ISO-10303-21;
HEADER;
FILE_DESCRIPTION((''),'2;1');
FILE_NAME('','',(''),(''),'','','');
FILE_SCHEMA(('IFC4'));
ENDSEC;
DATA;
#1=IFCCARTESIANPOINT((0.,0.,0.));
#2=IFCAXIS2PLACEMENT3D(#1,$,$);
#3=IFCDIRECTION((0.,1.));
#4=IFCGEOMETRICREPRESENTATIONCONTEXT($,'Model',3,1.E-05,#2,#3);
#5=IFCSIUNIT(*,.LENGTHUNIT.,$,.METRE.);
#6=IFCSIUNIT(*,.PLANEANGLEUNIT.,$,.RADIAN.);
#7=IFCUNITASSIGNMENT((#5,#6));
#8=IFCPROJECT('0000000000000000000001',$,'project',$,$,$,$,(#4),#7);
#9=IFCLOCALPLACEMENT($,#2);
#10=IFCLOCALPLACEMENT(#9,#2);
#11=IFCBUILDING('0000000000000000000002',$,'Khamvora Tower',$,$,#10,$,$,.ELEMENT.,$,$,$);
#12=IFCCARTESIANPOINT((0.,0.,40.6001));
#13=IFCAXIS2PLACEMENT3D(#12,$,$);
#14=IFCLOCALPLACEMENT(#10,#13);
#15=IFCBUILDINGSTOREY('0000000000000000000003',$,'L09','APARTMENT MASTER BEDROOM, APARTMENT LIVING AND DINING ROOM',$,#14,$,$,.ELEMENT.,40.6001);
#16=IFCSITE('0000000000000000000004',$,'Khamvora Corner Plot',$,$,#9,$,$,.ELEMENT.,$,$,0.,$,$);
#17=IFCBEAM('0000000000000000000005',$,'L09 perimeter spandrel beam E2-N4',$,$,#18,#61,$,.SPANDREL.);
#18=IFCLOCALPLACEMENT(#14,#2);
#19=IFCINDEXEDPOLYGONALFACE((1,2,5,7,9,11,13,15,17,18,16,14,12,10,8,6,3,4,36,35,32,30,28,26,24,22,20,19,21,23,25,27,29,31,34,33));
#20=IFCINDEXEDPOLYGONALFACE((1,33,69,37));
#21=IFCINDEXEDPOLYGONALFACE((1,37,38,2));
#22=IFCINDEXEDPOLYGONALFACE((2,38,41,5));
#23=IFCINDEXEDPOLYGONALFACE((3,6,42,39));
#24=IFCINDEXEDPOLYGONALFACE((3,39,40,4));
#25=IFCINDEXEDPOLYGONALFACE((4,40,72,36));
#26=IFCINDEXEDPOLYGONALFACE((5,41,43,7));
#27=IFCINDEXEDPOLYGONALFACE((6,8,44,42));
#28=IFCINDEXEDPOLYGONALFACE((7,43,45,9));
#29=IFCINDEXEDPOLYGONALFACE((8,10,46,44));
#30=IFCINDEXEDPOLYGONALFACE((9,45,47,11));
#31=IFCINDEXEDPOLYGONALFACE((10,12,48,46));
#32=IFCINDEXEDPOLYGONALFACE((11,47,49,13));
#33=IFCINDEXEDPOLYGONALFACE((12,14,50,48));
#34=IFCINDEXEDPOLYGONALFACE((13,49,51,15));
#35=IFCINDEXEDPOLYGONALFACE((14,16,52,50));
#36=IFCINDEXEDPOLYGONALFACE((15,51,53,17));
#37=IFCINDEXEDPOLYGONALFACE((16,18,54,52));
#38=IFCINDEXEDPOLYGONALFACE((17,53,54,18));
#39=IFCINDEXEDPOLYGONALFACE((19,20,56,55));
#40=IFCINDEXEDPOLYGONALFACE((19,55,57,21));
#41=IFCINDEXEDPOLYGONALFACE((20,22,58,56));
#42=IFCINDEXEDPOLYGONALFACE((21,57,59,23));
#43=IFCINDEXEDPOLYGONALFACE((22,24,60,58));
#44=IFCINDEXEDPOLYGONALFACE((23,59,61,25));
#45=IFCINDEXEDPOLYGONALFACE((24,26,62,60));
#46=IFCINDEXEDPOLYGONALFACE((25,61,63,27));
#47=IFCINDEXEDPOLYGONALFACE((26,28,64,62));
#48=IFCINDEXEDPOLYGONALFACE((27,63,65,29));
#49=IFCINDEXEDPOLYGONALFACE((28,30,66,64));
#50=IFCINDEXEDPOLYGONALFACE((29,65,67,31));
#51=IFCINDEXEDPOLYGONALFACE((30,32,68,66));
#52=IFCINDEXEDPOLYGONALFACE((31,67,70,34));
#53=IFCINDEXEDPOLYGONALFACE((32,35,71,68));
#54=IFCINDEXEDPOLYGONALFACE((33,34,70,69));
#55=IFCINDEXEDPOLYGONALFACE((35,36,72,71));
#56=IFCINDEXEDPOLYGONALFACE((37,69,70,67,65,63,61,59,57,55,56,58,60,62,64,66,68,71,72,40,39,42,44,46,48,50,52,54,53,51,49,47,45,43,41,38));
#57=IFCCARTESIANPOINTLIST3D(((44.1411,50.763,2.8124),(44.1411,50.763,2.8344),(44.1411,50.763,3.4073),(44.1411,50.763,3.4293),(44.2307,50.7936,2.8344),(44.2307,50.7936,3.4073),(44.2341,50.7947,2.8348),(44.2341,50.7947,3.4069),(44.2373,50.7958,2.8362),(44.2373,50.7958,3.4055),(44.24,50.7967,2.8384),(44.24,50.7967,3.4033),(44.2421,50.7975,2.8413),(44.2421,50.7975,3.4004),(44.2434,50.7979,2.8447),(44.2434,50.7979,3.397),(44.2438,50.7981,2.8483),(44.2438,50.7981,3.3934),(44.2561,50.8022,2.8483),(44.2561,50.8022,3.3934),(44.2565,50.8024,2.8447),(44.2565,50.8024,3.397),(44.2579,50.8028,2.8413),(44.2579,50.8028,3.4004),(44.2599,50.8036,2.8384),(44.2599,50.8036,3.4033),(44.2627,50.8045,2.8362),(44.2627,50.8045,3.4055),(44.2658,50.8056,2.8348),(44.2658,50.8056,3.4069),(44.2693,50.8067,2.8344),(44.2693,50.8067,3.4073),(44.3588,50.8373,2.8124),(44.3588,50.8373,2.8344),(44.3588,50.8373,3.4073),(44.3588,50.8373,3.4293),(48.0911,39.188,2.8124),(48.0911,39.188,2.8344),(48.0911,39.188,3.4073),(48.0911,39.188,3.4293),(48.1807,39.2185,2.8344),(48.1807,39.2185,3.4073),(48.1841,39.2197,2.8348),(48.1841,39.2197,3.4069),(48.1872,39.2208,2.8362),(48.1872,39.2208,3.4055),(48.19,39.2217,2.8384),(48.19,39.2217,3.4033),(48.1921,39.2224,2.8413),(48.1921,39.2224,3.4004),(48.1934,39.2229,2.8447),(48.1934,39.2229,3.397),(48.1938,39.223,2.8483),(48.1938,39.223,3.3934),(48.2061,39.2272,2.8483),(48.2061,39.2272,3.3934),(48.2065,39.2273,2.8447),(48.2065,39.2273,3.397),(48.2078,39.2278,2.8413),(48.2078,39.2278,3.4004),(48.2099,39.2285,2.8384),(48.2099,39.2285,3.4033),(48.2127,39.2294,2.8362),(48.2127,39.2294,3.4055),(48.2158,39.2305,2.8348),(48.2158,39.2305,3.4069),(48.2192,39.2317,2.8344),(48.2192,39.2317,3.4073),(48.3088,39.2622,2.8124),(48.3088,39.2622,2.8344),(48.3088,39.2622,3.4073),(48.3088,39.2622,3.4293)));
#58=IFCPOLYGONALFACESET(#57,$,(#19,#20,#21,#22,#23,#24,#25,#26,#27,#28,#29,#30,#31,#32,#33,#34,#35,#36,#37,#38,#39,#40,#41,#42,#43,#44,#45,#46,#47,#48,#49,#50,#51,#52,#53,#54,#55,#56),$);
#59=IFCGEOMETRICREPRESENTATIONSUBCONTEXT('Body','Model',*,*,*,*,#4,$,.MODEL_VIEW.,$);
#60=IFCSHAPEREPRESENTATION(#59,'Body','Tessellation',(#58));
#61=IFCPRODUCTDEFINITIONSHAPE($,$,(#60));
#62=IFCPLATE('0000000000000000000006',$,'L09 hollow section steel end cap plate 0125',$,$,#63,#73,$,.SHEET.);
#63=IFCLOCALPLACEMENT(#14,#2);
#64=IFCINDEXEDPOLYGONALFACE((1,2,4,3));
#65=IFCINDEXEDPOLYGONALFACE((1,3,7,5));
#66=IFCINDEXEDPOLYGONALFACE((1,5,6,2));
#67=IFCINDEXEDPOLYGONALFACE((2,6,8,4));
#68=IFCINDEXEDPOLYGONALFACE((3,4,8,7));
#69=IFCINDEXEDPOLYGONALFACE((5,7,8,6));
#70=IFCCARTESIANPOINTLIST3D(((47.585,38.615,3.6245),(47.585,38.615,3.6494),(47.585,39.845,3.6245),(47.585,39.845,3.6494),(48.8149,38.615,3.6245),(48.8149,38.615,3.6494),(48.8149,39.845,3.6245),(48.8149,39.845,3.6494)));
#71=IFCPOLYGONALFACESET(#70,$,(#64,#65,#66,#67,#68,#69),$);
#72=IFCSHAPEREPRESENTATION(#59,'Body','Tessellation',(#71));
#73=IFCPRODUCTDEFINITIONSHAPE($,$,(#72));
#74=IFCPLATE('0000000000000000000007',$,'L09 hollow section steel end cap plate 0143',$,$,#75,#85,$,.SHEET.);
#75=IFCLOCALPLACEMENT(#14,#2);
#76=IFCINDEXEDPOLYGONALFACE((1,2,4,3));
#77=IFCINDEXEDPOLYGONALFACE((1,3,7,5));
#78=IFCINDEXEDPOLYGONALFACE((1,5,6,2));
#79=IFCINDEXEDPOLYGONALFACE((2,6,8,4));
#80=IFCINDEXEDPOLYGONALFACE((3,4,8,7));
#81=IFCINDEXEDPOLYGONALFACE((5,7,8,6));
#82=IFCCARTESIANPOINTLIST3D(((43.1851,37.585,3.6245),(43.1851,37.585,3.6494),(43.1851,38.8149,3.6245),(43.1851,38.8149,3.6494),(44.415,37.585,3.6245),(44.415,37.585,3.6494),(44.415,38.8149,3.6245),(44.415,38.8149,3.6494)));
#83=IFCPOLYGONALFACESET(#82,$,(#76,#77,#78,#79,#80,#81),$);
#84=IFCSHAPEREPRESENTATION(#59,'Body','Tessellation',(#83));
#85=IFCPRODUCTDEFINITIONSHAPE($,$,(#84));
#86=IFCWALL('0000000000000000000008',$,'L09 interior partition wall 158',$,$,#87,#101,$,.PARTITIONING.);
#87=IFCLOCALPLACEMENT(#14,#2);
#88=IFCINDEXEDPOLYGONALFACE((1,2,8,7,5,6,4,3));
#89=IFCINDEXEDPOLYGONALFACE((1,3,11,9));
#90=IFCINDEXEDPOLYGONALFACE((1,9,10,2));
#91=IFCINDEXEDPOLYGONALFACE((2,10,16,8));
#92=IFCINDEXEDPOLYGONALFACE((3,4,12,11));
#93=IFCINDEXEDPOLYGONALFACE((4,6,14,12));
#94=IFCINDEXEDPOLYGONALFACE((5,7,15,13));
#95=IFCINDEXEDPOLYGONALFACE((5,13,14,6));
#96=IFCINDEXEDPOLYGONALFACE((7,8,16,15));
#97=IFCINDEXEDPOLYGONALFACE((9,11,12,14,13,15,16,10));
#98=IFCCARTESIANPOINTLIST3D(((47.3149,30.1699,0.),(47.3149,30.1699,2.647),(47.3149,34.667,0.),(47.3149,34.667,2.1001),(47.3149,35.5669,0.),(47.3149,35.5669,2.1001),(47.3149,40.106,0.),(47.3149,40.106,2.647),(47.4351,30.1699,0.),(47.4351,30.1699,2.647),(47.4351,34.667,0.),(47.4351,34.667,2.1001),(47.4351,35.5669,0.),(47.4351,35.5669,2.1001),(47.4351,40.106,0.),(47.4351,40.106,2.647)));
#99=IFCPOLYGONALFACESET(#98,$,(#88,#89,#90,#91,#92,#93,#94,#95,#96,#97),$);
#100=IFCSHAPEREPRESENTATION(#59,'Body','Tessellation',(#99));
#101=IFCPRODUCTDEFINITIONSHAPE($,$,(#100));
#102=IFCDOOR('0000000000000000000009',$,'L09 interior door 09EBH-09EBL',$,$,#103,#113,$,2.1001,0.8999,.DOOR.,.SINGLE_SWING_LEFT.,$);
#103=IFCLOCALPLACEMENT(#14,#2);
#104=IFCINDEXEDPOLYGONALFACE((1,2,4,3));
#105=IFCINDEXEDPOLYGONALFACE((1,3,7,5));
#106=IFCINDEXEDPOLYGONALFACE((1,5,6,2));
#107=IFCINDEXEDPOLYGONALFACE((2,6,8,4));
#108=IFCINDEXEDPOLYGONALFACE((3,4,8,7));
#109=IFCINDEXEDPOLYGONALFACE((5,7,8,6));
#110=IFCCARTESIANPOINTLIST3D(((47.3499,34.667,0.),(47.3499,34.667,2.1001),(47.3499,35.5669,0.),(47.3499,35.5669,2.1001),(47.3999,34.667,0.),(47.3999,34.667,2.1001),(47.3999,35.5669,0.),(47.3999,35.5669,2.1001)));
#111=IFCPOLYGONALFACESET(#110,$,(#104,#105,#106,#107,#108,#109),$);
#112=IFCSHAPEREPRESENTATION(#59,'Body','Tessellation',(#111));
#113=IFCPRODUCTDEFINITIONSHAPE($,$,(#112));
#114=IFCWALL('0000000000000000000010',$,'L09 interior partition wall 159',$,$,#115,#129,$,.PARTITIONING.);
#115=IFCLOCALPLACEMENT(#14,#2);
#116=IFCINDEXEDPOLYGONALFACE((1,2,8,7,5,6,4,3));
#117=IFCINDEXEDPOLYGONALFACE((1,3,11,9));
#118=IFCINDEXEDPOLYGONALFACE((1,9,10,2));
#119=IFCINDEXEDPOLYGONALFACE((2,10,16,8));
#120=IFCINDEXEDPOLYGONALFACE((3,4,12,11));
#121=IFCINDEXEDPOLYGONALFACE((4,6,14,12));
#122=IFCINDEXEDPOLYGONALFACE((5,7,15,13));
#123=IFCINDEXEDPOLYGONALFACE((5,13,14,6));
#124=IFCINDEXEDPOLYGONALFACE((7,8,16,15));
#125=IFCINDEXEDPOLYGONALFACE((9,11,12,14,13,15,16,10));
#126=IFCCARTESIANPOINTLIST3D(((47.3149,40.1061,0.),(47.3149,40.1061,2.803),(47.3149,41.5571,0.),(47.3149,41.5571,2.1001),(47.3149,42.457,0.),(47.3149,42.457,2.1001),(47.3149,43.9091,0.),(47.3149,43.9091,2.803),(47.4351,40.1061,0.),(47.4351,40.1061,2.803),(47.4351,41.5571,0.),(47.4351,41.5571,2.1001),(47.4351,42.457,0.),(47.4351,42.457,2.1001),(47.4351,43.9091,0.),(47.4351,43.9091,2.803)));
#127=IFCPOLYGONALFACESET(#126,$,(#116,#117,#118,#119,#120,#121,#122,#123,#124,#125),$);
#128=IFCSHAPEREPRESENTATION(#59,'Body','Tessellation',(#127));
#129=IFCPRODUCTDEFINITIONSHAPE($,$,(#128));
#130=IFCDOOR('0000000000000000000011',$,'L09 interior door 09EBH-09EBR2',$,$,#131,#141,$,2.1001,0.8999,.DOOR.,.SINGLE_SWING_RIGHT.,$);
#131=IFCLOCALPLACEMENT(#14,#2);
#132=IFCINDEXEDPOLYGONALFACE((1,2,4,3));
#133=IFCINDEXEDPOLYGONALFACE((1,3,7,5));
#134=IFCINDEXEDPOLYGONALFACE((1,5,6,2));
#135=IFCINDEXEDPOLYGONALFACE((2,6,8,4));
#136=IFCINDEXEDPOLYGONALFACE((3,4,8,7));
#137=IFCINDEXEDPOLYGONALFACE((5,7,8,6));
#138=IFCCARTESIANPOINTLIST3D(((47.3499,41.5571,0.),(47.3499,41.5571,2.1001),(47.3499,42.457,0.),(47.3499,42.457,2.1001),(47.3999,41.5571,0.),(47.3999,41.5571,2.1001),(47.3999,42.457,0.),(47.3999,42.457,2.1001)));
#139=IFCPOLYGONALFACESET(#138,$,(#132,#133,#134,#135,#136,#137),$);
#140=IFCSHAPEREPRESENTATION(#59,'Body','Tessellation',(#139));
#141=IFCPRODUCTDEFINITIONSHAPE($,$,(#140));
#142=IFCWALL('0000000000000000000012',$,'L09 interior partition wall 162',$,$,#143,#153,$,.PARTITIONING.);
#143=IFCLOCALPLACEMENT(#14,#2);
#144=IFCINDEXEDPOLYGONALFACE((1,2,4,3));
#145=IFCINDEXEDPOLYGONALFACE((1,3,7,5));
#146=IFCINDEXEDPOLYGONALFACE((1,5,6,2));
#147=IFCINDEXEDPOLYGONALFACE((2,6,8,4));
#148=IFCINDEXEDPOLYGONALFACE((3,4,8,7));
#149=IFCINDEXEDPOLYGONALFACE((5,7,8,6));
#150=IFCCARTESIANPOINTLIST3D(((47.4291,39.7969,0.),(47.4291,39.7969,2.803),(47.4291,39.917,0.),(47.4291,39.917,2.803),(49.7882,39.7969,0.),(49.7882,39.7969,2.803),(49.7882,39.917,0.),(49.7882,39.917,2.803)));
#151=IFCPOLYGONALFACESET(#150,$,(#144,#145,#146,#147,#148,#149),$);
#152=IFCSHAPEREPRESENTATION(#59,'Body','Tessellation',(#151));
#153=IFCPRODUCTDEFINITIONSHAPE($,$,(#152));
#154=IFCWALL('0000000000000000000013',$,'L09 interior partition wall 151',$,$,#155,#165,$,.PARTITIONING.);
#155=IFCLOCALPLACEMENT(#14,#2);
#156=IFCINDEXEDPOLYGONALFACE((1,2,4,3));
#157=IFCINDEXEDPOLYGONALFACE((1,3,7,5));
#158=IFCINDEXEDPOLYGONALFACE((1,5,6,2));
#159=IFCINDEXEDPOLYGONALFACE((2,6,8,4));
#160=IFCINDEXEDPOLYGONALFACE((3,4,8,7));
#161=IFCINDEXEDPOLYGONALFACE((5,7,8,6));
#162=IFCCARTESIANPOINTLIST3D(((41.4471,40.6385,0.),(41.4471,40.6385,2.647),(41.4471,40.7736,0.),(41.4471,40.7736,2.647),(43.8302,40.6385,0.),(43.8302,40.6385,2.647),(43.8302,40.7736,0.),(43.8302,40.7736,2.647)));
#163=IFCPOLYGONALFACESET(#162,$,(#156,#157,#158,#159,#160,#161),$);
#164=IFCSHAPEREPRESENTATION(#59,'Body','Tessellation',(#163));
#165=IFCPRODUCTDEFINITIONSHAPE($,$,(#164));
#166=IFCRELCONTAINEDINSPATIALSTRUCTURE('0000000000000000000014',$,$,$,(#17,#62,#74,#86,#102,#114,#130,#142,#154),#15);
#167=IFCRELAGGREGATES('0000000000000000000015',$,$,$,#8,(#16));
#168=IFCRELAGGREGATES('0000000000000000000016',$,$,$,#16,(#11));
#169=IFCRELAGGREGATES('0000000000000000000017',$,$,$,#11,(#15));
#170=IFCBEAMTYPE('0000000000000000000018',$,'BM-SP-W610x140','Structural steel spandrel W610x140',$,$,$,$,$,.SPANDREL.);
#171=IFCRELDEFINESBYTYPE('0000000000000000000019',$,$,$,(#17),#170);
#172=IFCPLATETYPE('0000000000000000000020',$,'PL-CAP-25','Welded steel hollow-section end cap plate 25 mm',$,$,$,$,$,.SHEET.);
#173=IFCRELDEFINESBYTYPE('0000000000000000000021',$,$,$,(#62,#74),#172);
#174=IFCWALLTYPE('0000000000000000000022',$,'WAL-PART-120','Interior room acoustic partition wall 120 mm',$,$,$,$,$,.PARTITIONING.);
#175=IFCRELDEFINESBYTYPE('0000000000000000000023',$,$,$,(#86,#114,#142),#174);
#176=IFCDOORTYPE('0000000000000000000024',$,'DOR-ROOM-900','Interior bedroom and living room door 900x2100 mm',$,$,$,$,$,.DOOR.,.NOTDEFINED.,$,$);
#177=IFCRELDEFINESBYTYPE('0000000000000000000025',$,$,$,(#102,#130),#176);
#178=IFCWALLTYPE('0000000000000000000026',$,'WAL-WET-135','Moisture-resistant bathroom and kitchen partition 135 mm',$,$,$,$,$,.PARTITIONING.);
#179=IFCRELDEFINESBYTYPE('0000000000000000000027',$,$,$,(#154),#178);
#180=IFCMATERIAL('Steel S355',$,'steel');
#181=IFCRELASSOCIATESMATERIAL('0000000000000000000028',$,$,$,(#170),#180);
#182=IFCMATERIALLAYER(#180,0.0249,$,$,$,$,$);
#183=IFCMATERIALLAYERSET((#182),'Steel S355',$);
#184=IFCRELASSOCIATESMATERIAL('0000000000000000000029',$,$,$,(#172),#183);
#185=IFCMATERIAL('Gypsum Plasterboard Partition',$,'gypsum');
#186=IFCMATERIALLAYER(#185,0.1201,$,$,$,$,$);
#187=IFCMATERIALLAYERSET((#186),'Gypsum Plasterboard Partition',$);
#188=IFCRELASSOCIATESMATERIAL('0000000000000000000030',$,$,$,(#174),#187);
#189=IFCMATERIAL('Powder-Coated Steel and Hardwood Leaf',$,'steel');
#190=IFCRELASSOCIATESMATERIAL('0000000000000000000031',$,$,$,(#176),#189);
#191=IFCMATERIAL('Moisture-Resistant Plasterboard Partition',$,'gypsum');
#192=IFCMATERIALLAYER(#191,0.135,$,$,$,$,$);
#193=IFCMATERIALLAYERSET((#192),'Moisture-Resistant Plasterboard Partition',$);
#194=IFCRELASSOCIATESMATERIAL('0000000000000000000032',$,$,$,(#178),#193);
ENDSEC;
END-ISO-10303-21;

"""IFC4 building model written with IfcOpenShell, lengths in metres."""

from ifc_helpers import new_model, si_unit, direction, frame, frame_2d, origin, origin_2d, place, context, subcontext, project, spatial, rectangle, i_section, extrude, material, layer, layer_set, material_profile, profile_set, type_object, element, fill, save


model = new_model("IFC4")

# Units and contexts
model_context = context("Model", 3, precision=1e-05, world=origin(), true_north=direction((0.0, 1.0)))
body_context = subcontext(model_context, "Body", "Model", "MODEL_VIEW")
ifc_project = project(units=[si_unit("LENGTHUNIT", "METRE"), si_unit("PLANEANGLEUNIT", "RADIAN")], contexts=[model_context])

# Site, building, storey
site_placement = place(None, origin())
site = spatial("IfcSite", under=ifc_project, at=site_placement, Name="Khamvora Corner Plot", CompositionType="ELEMENT", RefElevation=0.0)
building_placement = place(site_placement, origin())
building = spatial("IfcBuilding", under=site, at=building_placement, Name="Khamvora Tower", CompositionType="ELEMENT")
storey_placement = place(building_placement, frame((0.0, 0.0, 40.6001)))
storey = spatial("IfcBuildingStorey", under=building, at=storey_placement, Name="L09", Description="APARTMENT MASTER BEDROOM, APARTMENT LIVING AND DINING ROOM", CompositionType="ELEMENT", Elevation=40.6001)

# Beam
ifc_material_1 = material(Name="Steel S355", Category="steel")
ifc_material_profile_1 = material_profile(ifc_material_1, i_section(OverallWidth=0.23, OverallDepth=0.6169, WebThickness=0.0129, FlangeThickness=0.022, FilletRadius=0.0139, at=origin_2d()), Name="W610x140")
ifc_profile_set_1 = profile_set([ifc_material_profile_1], Name="Steel S355")
beam_type_1 = type_object("IfcBeamType", Name="BM-SP-W610x140", Description="Structural steel spandrel W610x140", PredefinedType="SPANDREL", material=ifc_profile_set_1)
beam_1_placement = place(storey_placement, frame((48.2, 39.2251, 3.1208), z_axis=(-0.322963, 0.946412, 0.0), x_axis=(-0.946412, -0.322963, 0.0)))
element("IfcBeam", 1, at=beam_1_placement, inside=storey, type_object=beam_type_1, Name="L09 perimeter spandrel beam E2-N4", PredefinedType="SPANDREL", context=body_context, shape_type="SweptSolid", body=[
    extrude(i_section(OverallWidth=0.23, OverallDepth=0.6169, WebThickness=0.0129, FlangeThickness=0.022, FilletRadius=0.0139, at=origin_2d()), origin(), (0.0, 0.0, 1.0), 12.2305),
])

# Plates
ifc_layer_1 = layer(ifc_material_1, 0.0249)
ifc_layer_set_1 = layer_set([ifc_layer_1], Name="Steel S355")
plate_type = type_object("IfcPlateType", Name="PL-CAP-25", Description="Welded steel hollow-section end cap plate 25 mm", PredefinedType="SHEET", material=ifc_layer_set_1)
for number, where, z_axis, x_axis, name in (
    (2, (48.2, 39.23, 3.6245), (0.0, 0.0, 1.0), (1.0, 0.0, 0.0), "L09 hollow section steel end cap plate 0125"),
    (3, (43.8, 38.2, 3.6245), (0.0, 0.0, 1.0), (1.0, 0.0, 0.0), "L09 hollow section steel end cap plate 0143"),
):
    element("IfcPlate", number, at=place(storey_placement, frame(where, z_axis=z_axis, x_axis=x_axis)), inside=storey, type_object=plate_type, Name=name, PredefinedType="SHEET", context=body_context, shape_type="SweptSolid", body=[
        extrude(rectangle(XDim=1.23, YDim=1.23, at=origin_2d()), origin(), (0.0, 0.0, 1.0), 0.0249),
    ])

# Walls, openings, doors
ifc_material_2 = material(Name="Gypsum Plasterboard Partition", Category="gypsum")
ifc_layer_2 = layer(ifc_material_2, 0.1201)
ifc_layer_set_2 = layer_set([ifc_layer_2], Name="Gypsum Plasterboard Partition")
wall_type_1 = type_object("IfcWallType", Name="WAL-PART-120", Description="Interior room acoustic partition wall 120 mm", PredefinedType="PARTITIONING", material=ifc_layer_set_2)
wall_1_placement = place(storey_placement, frame((47.375, 40.106, 0.0), z_axis=(0.0, 0.0, 1.0), x_axis=(0.0, -1.0, 0.0)))
wall_1 = element("IfcWall", 4, at=wall_1_placement, inside=storey, type_object=wall_type_1, Name="L09 interior partition wall 158", PredefinedType="PARTITIONING", context=body_context, shape_type="SweptSolid", body=[
    extrude(rectangle(XDim=9.936, YDim=0.1201, at=frame_2d((4.968, 0.0))), origin(), (0.0, 0.0, 1.0), 2.647),
])
opening_1_placement = place(wall_1_placement, frame((4.5391, 0.0, 0.0)))
opening_1 = element("IfcOpeningElement", 5, at=opening_1_placement, cuts=wall_1, PredefinedType="OPENING", context=body_context, shape_type="SweptSolid", body=[
    extrude(rectangle(XDim=0.8999, YDim=2.1001, at=frame_2d((0.45, 1.05))), frame((0.0, 0.0701, 0.0), z_axis=(0.0, -1.0, 0.0), x_axis=(1.0, 0.0, 0.0)), (0.0, 0.0, 1.0), 0.1401),
])
ifc_material_3 = material(Name="Powder-Coated Steel and Hardwood Leaf", Category="steel")
door_type = type_object("IfcDoorType", Name="DOR-ROOM-900", Description="Interior bedroom and living room door 900x2100 mm", OperationType="NOTDEFINED", PredefinedType="DOOR", material=ifc_material_3)
door_1_placement = place(opening_1_placement, origin())
door_1 = element("IfcDoor", 6, at=door_1_placement, inside=storey, type_object=door_type, Name="L09 interior door 09EBH-09EBL", OperationType="SINGLE_SWING_LEFT", OverallHeight=2.1001, OverallWidth=0.8999, PredefinedType="DOOR", context=body_context, shape_type="SweptSolid", body=[
    extrude(rectangle(XDim=0.8999, YDim=2.1001, at=frame_2d((0.45, 1.05))), frame((0.0, 0.0249, 0.0), z_axis=(0.0, -1.0, 0.0), x_axis=(1.0, 0.0, 0.0)), (0.0, 0.0, 1.0), 0.05),
])
fill(opening_1, door_1)
wall_2_placement = place(storey_placement, frame((47.375, 43.9089, 0.0), z_axis=(0.0, 0.0, 1.0), x_axis=(0.0, -1.0, 0.0)))
wall_2 = element("IfcWall", 7, at=wall_2_placement, inside=storey, type_object=wall_type_1, Name="L09 interior partition wall 159", PredefinedType="PARTITIONING", context=body_context, shape_type="SweptSolid", body=[
    extrude(rectangle(XDim=3.803, YDim=0.1201, at=frame_2d((1.9014, 0.0))), origin(), (0.0, 0.0, 1.0), 2.803),
])
opening_2_placement = place(wall_2_placement, frame((1.4519, 0.0, 0.0)))
opening_2 = element("IfcOpeningElement", 8, at=opening_2_placement, cuts=wall_2, PredefinedType="OPENING", context=body_context, shape_type="SweptSolid", body=[
    extrude(rectangle(XDim=0.8999, YDim=2.1001, at=frame_2d((0.45, 1.05))), frame((0.0, 0.0701, 0.0), z_axis=(0.0, -1.0, 0.0), x_axis=(1.0, 0.0, 0.0)), (0.0, 0.0, 1.0), 0.1401),
])
door_2_placement = place(opening_2_placement, origin())
door_2 = element("IfcDoor", 9, at=door_2_placement, inside=storey, type_object=door_type, Name="L09 interior door 09EBH-09EBR2", OperationType="SINGLE_SWING_RIGHT", OverallHeight=2.1001, OverallWidth=0.8999, PredefinedType="DOOR", context=body_context, shape_type="SweptSolid", body=[
    extrude(rectangle(XDim=0.8999, YDim=2.1001, at=frame_2d((0.45, 1.05))), frame((0.0, 0.0249, 0.0), z_axis=(0.0, -1.0, 0.0), x_axis=(1.0, 0.0, 0.0)), (0.0, 0.0, 1.0), 0.05),
])
fill(opening_2, door_2)

# Walls
wall_3_placement = place(storey_placement, frame((47.429, 39.8569, 0.0), z_axis=(0.0, 0.0, 1.0), x_axis=(1.0, 0.0, 0.0)))
element("IfcWall", 10, at=wall_3_placement, inside=storey, type_object=wall_type_1, Name="L09 interior partition wall 162", PredefinedType="PARTITIONING", context=body_context, shape_type="SweptSolid", body=[
    extrude(rectangle(XDim=2.3591, YDim=0.1201, at=frame_2d((1.1797, 0.0))), origin(), (0.0, 0.0, 1.0), 2.803),
])
ifc_material_4 = material(Name="Moisture-Resistant Plasterboard Partition", Category="gypsum")
ifc_layer_3 = layer(ifc_material_4, 0.135)
ifc_layer_set_3 = layer_set([ifc_layer_3], Name="Moisture-Resistant Plasterboard Partition")
wall_type_2 = type_object("IfcWallType", Name="WAL-WET-135", Description="Moisture-resistant bathroom and kitchen partition 135 mm", PredefinedType="PARTITIONING", material=ifc_layer_set_3)
wall_4_placement = place(storey_placement, frame((43.8301, 40.7061, 0.0), z_axis=(0.0, 0.0, 1.0), x_axis=(-1.0, 0.0, 0.0)))
element("IfcWall", 11, at=wall_4_placement, inside=storey, type_object=wall_type_2, Name="L09 interior partition wall 151", PredefinedType="PARTITIONING", context=body_context, shape_type="SweptSolid", body=[
    extrude(rectangle(XDim=2.3831, YDim=0.135, at=frame_2d((1.1914, 0.0))), origin(), (0.0, 0.0, 1.0), 2.647),
])

save(model, "model.ifc")
